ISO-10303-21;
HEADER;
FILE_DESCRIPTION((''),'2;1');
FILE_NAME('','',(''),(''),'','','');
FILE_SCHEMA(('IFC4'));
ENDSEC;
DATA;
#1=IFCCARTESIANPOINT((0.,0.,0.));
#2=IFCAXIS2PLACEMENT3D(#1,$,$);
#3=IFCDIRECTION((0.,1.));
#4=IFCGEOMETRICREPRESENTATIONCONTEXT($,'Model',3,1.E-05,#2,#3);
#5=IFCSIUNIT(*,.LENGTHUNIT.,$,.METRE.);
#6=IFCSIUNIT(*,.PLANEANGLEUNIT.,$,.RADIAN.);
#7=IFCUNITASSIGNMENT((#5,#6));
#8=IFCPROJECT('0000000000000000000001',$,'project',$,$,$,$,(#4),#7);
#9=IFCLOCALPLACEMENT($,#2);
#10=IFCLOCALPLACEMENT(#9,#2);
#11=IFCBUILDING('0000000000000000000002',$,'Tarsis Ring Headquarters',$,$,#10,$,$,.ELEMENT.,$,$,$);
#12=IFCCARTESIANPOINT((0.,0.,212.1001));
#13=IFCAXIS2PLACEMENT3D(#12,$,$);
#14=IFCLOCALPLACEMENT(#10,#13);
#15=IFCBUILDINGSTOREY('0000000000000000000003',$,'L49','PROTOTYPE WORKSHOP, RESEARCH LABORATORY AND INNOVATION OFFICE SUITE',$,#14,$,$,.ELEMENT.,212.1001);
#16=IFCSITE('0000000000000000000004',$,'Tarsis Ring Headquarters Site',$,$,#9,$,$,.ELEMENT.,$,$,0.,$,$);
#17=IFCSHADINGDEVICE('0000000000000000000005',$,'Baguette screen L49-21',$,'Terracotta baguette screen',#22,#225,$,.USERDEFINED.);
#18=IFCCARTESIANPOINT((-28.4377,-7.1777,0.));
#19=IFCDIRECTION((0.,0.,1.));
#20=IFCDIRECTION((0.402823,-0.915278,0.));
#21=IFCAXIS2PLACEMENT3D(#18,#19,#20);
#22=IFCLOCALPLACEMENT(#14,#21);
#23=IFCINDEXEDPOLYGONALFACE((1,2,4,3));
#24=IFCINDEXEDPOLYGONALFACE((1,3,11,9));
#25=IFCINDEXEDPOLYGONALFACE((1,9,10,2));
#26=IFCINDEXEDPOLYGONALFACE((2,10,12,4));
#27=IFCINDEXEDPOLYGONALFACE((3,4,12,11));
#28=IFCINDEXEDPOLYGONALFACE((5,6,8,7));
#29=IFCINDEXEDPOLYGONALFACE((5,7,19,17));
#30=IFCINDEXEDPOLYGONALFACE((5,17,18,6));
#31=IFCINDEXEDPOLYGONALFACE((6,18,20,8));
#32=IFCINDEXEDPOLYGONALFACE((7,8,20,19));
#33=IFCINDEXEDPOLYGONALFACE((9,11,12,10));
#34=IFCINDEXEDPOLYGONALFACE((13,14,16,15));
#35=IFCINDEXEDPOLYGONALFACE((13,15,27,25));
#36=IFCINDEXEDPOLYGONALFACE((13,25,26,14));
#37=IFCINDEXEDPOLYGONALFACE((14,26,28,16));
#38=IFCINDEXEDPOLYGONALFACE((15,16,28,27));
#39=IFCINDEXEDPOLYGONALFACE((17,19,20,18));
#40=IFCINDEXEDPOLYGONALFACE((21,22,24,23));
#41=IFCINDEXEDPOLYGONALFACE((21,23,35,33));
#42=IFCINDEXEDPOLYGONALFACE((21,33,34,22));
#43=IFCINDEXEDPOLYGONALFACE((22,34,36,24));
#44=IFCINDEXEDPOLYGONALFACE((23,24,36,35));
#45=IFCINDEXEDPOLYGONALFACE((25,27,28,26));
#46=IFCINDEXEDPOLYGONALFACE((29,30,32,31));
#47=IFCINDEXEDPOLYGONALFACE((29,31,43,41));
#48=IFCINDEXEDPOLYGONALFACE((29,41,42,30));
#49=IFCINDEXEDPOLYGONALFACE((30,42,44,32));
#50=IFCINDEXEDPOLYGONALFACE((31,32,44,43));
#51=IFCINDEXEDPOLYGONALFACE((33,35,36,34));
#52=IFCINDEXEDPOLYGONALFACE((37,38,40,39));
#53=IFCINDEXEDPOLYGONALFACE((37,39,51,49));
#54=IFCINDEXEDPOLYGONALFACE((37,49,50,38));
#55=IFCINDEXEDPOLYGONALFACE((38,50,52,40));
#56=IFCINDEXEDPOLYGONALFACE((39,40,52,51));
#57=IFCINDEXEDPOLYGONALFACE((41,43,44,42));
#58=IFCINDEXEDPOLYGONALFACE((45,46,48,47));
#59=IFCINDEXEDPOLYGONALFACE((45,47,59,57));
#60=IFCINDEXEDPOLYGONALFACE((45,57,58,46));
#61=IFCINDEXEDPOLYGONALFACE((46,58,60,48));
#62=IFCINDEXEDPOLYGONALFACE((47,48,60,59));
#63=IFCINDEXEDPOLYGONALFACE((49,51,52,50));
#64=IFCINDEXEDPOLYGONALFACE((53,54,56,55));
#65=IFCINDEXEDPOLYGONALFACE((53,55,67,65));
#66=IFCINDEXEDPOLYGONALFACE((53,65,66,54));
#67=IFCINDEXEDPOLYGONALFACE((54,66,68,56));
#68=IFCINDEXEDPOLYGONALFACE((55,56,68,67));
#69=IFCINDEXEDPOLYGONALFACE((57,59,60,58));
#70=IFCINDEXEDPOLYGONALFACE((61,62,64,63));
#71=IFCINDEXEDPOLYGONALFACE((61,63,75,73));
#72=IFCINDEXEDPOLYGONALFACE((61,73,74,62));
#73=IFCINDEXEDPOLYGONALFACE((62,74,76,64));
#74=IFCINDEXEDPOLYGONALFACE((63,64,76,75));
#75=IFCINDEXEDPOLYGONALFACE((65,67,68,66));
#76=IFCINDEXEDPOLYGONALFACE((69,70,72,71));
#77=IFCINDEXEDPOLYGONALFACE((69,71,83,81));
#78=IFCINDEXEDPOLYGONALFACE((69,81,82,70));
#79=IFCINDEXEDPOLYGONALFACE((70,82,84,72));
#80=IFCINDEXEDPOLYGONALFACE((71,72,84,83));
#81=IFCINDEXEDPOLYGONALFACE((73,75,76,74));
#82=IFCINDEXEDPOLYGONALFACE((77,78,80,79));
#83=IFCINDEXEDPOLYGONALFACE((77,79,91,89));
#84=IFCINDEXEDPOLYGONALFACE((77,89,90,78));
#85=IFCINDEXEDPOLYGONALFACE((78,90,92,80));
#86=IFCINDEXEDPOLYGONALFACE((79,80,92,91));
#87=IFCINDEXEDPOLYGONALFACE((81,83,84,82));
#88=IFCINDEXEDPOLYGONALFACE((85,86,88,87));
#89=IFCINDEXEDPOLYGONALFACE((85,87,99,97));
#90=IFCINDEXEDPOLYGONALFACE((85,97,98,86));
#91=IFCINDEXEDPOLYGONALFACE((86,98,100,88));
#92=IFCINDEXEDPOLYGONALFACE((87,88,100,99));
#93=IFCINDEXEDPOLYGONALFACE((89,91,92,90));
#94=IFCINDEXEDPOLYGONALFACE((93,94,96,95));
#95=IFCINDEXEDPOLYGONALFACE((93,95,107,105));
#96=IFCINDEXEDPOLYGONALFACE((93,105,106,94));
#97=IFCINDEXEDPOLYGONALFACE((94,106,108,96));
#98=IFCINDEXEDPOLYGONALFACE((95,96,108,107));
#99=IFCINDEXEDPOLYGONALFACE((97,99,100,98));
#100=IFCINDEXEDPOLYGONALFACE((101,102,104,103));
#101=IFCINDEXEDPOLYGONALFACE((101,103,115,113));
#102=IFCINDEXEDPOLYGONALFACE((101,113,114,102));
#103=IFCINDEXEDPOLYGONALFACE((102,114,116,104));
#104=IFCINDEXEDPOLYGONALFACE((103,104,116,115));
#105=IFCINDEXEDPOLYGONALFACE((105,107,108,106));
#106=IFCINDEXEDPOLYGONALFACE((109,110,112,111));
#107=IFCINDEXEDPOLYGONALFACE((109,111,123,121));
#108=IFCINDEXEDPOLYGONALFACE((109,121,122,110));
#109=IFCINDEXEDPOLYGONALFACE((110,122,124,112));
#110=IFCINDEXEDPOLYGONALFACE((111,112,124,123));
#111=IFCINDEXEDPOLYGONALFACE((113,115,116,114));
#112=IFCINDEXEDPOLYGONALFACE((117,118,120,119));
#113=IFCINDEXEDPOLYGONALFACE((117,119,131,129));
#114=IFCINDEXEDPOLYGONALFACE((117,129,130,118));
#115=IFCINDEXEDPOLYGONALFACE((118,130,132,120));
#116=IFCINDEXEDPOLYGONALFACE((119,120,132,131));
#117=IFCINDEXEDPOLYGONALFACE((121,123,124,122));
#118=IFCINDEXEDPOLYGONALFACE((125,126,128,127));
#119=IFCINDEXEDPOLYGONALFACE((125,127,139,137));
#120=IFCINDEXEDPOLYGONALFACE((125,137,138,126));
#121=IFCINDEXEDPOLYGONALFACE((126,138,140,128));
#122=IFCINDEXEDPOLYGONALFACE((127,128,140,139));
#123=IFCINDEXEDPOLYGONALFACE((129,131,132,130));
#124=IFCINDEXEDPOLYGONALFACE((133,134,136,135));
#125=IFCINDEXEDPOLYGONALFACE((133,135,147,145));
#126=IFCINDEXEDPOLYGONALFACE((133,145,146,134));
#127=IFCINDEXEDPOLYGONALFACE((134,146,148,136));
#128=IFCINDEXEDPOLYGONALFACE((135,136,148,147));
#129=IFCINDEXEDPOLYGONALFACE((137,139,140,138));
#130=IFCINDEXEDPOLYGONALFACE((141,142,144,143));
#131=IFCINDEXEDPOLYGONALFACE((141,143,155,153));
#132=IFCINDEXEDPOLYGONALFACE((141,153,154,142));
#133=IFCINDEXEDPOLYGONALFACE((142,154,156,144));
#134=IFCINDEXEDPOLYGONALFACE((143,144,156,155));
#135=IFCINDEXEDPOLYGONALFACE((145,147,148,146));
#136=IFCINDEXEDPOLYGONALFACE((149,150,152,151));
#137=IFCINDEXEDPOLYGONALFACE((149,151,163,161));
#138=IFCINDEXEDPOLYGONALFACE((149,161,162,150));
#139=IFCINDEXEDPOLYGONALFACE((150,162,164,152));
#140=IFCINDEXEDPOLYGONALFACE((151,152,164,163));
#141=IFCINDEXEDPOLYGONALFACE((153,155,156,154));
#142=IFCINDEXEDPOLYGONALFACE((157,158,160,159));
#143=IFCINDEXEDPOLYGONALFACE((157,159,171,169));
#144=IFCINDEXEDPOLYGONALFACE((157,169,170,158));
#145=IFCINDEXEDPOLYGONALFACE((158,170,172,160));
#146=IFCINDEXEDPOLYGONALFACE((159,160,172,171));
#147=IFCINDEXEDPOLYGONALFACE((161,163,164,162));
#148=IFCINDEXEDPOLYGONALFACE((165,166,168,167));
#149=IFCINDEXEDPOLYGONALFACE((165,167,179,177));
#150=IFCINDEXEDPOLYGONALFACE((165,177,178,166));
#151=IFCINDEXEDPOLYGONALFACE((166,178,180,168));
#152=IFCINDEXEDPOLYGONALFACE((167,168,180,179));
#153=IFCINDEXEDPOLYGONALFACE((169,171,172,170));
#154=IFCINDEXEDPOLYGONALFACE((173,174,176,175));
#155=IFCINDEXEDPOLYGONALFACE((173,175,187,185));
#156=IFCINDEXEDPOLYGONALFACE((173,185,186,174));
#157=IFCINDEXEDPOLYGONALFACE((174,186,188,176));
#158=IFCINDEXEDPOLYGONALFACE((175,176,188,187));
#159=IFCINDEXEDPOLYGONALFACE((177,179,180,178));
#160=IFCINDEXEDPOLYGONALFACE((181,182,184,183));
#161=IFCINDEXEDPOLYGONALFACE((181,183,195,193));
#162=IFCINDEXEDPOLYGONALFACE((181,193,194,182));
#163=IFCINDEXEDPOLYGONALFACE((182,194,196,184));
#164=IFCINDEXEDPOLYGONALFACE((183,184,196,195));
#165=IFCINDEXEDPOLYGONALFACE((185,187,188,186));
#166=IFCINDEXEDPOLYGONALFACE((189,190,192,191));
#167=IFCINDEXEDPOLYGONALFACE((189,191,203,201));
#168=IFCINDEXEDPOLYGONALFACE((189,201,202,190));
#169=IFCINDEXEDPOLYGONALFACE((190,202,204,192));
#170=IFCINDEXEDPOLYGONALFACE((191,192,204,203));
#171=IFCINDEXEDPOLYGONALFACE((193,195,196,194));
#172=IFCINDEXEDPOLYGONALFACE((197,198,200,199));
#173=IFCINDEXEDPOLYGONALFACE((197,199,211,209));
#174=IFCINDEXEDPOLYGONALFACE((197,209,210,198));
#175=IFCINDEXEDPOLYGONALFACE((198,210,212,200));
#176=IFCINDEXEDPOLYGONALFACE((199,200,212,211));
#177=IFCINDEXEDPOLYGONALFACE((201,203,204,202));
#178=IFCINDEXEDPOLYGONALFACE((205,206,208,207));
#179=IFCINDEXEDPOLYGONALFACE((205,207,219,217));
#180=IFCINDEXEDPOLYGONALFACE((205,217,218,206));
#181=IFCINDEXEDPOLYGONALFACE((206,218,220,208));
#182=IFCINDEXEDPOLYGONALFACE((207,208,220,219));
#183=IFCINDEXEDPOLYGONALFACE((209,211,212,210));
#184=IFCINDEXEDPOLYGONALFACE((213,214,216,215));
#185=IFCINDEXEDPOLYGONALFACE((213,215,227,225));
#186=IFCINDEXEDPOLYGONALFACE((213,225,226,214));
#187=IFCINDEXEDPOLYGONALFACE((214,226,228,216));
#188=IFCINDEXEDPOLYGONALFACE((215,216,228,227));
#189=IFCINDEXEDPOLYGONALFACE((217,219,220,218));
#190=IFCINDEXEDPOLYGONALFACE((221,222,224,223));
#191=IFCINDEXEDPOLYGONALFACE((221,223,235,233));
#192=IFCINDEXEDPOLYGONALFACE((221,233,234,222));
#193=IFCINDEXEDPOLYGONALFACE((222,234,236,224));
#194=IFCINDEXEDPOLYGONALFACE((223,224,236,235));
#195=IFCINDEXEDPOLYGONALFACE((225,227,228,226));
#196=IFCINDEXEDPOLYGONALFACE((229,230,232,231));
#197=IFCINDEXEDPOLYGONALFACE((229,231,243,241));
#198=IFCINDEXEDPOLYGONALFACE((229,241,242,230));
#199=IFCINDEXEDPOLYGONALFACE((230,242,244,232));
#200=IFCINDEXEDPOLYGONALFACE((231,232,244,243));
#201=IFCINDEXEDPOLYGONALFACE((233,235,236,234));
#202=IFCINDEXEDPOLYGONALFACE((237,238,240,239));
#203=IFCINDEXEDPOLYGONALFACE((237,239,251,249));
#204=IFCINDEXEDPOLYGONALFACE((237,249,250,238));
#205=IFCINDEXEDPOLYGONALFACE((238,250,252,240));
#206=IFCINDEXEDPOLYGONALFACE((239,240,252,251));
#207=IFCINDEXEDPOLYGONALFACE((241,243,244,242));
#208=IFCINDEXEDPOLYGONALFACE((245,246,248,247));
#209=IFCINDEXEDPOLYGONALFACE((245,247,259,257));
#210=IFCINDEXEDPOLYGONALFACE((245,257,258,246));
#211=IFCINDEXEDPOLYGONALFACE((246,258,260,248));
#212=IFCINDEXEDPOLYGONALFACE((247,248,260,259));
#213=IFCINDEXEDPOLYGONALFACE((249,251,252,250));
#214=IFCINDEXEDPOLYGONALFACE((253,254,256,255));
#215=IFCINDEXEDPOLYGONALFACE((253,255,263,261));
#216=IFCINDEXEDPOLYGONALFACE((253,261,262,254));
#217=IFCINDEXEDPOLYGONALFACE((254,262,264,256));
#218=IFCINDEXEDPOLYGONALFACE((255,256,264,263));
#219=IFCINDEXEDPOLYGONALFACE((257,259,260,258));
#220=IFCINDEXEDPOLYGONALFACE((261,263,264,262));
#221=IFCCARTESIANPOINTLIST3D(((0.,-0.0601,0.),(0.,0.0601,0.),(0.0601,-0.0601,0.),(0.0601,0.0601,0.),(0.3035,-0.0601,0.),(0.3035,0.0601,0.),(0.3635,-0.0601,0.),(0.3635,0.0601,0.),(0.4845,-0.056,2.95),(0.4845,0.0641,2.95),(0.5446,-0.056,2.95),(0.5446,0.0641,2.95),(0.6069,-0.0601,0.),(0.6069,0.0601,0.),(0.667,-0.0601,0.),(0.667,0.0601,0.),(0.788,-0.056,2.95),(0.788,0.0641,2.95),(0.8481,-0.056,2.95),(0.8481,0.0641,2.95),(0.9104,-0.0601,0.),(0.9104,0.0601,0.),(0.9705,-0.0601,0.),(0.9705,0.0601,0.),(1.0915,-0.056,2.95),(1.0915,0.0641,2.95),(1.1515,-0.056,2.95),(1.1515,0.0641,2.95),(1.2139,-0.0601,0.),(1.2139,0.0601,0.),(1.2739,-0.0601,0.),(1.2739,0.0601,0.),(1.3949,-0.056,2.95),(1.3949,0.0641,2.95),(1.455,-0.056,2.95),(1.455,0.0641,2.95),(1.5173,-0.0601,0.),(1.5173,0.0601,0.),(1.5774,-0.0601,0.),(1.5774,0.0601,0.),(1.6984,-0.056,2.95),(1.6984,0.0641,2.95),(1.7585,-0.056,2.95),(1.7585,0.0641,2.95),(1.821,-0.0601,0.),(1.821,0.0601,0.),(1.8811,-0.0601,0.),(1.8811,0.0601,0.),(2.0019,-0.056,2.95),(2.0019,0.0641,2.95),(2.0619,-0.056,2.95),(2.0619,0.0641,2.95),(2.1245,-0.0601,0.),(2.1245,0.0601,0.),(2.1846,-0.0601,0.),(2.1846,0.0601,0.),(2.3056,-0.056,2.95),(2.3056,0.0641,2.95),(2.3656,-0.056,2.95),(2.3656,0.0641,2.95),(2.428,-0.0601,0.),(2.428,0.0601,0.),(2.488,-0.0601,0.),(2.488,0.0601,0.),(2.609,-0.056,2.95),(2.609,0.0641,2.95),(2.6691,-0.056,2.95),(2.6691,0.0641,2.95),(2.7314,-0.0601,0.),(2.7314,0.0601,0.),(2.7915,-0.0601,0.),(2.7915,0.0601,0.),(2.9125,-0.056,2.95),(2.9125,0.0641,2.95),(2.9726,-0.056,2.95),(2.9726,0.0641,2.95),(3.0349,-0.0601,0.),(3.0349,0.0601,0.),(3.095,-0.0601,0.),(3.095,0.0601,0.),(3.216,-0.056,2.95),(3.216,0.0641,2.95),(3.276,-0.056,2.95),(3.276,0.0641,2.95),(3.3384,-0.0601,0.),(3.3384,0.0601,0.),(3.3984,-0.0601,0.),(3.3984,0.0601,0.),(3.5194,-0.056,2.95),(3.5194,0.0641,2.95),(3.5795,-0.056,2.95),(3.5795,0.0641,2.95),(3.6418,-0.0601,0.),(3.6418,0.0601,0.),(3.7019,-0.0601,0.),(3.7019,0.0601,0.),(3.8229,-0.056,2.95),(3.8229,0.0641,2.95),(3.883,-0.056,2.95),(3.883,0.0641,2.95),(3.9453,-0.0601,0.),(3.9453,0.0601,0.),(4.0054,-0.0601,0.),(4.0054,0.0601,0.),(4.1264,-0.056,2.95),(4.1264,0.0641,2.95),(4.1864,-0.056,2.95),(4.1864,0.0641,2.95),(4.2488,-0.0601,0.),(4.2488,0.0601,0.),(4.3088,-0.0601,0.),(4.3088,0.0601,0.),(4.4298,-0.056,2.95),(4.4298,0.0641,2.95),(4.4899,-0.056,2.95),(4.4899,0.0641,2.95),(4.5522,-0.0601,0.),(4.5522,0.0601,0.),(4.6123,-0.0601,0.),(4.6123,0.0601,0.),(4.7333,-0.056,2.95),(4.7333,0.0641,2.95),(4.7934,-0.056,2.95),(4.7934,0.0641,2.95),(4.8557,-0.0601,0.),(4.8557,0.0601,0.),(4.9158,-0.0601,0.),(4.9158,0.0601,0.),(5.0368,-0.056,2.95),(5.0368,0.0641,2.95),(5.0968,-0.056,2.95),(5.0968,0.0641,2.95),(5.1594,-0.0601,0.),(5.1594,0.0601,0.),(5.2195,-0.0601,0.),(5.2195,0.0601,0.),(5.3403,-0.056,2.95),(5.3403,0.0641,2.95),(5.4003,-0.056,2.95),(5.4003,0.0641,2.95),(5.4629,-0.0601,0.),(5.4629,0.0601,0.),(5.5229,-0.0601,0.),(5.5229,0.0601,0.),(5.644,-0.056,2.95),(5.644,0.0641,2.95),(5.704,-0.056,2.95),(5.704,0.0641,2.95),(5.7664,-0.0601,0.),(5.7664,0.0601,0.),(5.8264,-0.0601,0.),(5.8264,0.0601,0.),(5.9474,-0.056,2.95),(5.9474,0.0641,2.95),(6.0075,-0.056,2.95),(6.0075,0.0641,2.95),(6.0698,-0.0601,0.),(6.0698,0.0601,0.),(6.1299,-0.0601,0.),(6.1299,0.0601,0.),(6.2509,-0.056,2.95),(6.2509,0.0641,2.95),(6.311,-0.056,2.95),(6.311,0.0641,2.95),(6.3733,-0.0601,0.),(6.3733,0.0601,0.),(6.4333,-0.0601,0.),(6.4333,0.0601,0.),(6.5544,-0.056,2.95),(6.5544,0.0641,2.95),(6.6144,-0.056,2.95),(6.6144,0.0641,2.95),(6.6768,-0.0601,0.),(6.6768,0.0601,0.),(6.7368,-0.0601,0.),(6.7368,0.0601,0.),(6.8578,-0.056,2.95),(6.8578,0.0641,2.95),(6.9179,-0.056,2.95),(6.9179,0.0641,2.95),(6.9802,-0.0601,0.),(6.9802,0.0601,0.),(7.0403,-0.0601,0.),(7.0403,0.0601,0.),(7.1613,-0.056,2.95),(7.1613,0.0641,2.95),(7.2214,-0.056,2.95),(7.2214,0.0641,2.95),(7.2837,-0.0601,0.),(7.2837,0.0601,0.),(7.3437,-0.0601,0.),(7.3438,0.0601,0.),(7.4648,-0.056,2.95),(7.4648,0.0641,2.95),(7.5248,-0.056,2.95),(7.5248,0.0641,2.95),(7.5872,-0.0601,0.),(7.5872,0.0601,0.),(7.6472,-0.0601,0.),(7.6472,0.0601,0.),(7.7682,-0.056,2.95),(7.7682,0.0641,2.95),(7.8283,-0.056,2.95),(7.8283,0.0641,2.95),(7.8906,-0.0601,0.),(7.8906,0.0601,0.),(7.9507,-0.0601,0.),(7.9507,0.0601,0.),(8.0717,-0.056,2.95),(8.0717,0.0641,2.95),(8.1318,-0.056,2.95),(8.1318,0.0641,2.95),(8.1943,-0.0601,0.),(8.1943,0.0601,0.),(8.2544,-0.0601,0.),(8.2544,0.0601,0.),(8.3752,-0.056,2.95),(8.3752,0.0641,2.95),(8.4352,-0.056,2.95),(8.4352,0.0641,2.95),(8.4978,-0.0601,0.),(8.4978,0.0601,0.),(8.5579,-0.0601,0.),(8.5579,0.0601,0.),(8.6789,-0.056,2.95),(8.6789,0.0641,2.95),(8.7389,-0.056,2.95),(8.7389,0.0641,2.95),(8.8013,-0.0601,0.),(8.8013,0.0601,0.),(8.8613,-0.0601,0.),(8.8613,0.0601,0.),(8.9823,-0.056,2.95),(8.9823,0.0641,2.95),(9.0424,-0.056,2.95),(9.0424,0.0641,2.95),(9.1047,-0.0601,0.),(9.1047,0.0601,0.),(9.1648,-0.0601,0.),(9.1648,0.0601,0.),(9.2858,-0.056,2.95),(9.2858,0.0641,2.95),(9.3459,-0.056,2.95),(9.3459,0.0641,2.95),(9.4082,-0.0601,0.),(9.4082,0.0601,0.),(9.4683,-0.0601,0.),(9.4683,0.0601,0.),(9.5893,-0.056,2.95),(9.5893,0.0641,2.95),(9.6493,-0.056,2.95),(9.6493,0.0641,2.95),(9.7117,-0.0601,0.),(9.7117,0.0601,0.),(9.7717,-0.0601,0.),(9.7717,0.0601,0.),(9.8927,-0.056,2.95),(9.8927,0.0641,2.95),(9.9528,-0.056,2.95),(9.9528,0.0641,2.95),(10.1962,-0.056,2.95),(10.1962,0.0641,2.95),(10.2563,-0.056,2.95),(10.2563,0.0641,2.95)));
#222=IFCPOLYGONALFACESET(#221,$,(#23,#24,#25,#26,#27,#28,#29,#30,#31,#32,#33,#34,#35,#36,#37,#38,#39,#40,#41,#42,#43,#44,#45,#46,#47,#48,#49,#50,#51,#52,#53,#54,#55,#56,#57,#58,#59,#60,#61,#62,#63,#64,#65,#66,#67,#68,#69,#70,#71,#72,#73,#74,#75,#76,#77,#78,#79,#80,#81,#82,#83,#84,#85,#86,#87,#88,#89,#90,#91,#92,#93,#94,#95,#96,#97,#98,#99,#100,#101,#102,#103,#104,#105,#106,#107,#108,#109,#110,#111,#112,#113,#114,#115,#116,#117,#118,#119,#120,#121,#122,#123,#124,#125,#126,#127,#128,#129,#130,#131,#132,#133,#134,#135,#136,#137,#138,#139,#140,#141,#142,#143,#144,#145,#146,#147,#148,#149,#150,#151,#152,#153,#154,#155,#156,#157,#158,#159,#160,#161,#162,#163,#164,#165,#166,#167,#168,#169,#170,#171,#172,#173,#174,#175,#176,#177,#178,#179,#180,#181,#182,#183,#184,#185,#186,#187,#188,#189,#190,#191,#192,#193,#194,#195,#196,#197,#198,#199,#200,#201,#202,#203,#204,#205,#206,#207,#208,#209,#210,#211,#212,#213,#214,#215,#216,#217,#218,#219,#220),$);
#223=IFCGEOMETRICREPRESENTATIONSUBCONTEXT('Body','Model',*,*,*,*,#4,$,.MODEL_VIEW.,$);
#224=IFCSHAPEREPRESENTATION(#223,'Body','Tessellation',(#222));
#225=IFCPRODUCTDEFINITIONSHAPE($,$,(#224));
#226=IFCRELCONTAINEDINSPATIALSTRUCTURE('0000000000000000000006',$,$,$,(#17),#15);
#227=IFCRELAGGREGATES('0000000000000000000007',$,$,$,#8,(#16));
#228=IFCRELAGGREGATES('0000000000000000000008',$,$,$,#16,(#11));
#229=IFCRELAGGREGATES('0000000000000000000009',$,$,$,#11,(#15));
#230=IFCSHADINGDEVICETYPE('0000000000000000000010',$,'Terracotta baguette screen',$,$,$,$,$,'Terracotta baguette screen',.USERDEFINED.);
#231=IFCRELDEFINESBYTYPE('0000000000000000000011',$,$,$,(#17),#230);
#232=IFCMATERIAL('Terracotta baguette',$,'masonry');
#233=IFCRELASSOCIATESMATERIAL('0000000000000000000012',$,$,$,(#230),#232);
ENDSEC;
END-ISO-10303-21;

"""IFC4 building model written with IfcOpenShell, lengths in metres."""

from ifc_helpers import new_model, si_unit, direction, frame, frame_2d, origin, place, context, subcontext, project, spatial, rectangle, composite_profile, extrude, material, type_object, element, save


model = new_model("IFC4")

# Units and contexts
model_context = context("Model", 3, precision=1e-05, world=origin(), true_north=direction((0.0, 1.0)))
body_context = subcontext(model_context, "Body", "Model", "MODEL_VIEW")
ifc_project = project(units=[si_unit("LENGTHUNIT", "METRE"), si_unit("PLANEANGLEUNIT", "RADIAN")], contexts=[model_context])

# Site, building, storey
site_placement = place(None, origin())
site = spatial("IfcSite", under=ifc_project, at=site_placement, Name="Tarsis Ring Headquarters Site", CompositionType="ELEMENT", RefElevation=0.0)
building_placement = place(site_placement, origin())
building = spatial("IfcBuilding", under=site, at=building_placement, Name="Tarsis Ring Headquarters", CompositionType="ELEMENT")
storey_placement = place(building_placement, frame((0.0, 0.0, 212.1001)))
storey = spatial("IfcBuildingStorey", under=building, at=storey_placement, Name="L49", Description="PROTOTYPE WORKSHOP, RESEARCH LABORATORY AND INNOVATION OFFICE SUITE", CompositionType="ELEMENT", Elevation=212.1001)

# Shading device
ifc_material_1 = material(Name="Terracotta baguette", Category="masonry")
shading_device_type = type_object("IfcShadingDeviceType", Name="Terracotta baguette screen", ElementType="Terracotta baguette screen", PredefinedType="USERDEFINED", material=ifc_material_1)
shading_device_1_placement = place(storey_placement, frame((-28.4377, -7.1777, 0.0), z_axis=(0.0, 0.0, 1.0), x_axis=(0.402823, -0.915278, 0.0)))
element("IfcShadingDevice", 1, at=shading_device_1_placement, inside=storey, type_object=shading_device_type, Name="Baguette screen L49-21", ObjectType="Terracotta baguette screen", PredefinedType="USERDEFINED", context=body_context, shape_type="SweptSolid", body=[
    extrude(composite_profile([rectangle(XDim=0.0601, YDim=0.1201, at=frame_2d((0.03, 0.0))), rectangle(XDim=0.0601, YDim=0.1201, at=frame_2d((0.3335, 0.0))), rectangle(XDim=0.0601, YDim=0.1201, at=frame_2d((0.637, 0.0))), rectangle(XDim=0.0601, YDim=0.1201, at=frame_2d((0.9404, 0.0))), rectangle(XDim=0.0601, YDim=0.1201, at=frame_2d((1.2439, 0.0))), rectangle(XDim=0.0601, YDim=0.1201, at=frame_2d((1.5474, 0.0))), rectangle(XDim=0.0601, YDim=0.1201, at=frame_2d((1.8511, 0.0))), rectangle(XDim=0.0601, YDim=0.1201, at=frame_2d((2.1545, 0.0))), rectangle(XDim=0.0601, YDim=0.1201, at=frame_2d((2.458, 0.0))), rectangle(XDim=0.0601, YDim=0.1201, at=frame_2d((2.7615, 0.0))), rectangle(XDim=0.0601, YDim=0.1201, at=frame_2d((3.0649, 0.0))), rectangle(XDim=0.0601, YDim=0.1201, at=frame_2d((3.3684, 0.0))), rectangle(XDim=0.0601, YDim=0.1201, at=frame_2d((3.6719, 0.0))), rectangle(XDim=0.0601, YDim=0.1201, at=frame_2d((3.9753, 0.0))), rectangle(XDim=0.0601, YDim=0.1201, at=frame_2d((4.2788, 0.0))), rectangle(XDim=0.0601, YDim=0.1201, at=frame_2d((4.5823, 0.0))), rectangle(XDim=0.0601, YDim=0.1201, at=frame_2d((4.8857, 0.0))), rectangle(XDim=0.0601, YDim=0.1201, at=frame_2d((5.1895, 0.0))), rectangle(XDim=0.0601, YDim=0.1201, at=frame_2d((5.4929, 0.0))), rectangle(XDim=0.0601, YDim=0.1201, at=frame_2d((5.7964, 0.0))), rectangle(XDim=0.0601, YDim=0.1201, at=frame_2d((6.0999, 0.0))), rectangle(XDim=0.0601, YDim=0.1201, at=frame_2d((6.4033, 0.0))), rectangle(XDim=0.0601, YDim=0.1201, at=frame_2d((6.7068, 0.0))), rectangle(XDim=0.0601, YDim=0.1201, at=frame_2d((7.0103, 0.0))), rectangle(XDim=0.0601, YDim=0.1201, at=frame_2d((7.3137, 0.0))), rectangle(XDim=0.0601, YDim=0.1201, at=frame_2d((7.6172, 0.0))), rectangle(XDim=0.0601, YDim=0.1201, at=frame_2d((7.9207, 0.0))), rectangle(XDim=0.0601, YDim=0.1201, at=frame_2d((8.2244, 0.0))), rectangle(XDim=0.0601, YDim=0.1201, at=frame_2d((8.5278, 0.0))), rectangle(XDim=0.0601, YDim=0.1201, at=frame_2d((8.8313, 0.0))), rectangle(XDim=0.0601, YDim=0.1201, at=frame_2d((9.1348, 0.0))), rectangle(XDim=0.0601, YDim=0.1201, at=frame_2d((9.4382, 0.0))), rectangle(XDim=0.0601, YDim=0.1201, at=frame_2d((9.7417, 0.0)))]), origin(), (0.16208, 0.001359, 0.986777), 2.9895),
])

save(model, "model.ifc")
